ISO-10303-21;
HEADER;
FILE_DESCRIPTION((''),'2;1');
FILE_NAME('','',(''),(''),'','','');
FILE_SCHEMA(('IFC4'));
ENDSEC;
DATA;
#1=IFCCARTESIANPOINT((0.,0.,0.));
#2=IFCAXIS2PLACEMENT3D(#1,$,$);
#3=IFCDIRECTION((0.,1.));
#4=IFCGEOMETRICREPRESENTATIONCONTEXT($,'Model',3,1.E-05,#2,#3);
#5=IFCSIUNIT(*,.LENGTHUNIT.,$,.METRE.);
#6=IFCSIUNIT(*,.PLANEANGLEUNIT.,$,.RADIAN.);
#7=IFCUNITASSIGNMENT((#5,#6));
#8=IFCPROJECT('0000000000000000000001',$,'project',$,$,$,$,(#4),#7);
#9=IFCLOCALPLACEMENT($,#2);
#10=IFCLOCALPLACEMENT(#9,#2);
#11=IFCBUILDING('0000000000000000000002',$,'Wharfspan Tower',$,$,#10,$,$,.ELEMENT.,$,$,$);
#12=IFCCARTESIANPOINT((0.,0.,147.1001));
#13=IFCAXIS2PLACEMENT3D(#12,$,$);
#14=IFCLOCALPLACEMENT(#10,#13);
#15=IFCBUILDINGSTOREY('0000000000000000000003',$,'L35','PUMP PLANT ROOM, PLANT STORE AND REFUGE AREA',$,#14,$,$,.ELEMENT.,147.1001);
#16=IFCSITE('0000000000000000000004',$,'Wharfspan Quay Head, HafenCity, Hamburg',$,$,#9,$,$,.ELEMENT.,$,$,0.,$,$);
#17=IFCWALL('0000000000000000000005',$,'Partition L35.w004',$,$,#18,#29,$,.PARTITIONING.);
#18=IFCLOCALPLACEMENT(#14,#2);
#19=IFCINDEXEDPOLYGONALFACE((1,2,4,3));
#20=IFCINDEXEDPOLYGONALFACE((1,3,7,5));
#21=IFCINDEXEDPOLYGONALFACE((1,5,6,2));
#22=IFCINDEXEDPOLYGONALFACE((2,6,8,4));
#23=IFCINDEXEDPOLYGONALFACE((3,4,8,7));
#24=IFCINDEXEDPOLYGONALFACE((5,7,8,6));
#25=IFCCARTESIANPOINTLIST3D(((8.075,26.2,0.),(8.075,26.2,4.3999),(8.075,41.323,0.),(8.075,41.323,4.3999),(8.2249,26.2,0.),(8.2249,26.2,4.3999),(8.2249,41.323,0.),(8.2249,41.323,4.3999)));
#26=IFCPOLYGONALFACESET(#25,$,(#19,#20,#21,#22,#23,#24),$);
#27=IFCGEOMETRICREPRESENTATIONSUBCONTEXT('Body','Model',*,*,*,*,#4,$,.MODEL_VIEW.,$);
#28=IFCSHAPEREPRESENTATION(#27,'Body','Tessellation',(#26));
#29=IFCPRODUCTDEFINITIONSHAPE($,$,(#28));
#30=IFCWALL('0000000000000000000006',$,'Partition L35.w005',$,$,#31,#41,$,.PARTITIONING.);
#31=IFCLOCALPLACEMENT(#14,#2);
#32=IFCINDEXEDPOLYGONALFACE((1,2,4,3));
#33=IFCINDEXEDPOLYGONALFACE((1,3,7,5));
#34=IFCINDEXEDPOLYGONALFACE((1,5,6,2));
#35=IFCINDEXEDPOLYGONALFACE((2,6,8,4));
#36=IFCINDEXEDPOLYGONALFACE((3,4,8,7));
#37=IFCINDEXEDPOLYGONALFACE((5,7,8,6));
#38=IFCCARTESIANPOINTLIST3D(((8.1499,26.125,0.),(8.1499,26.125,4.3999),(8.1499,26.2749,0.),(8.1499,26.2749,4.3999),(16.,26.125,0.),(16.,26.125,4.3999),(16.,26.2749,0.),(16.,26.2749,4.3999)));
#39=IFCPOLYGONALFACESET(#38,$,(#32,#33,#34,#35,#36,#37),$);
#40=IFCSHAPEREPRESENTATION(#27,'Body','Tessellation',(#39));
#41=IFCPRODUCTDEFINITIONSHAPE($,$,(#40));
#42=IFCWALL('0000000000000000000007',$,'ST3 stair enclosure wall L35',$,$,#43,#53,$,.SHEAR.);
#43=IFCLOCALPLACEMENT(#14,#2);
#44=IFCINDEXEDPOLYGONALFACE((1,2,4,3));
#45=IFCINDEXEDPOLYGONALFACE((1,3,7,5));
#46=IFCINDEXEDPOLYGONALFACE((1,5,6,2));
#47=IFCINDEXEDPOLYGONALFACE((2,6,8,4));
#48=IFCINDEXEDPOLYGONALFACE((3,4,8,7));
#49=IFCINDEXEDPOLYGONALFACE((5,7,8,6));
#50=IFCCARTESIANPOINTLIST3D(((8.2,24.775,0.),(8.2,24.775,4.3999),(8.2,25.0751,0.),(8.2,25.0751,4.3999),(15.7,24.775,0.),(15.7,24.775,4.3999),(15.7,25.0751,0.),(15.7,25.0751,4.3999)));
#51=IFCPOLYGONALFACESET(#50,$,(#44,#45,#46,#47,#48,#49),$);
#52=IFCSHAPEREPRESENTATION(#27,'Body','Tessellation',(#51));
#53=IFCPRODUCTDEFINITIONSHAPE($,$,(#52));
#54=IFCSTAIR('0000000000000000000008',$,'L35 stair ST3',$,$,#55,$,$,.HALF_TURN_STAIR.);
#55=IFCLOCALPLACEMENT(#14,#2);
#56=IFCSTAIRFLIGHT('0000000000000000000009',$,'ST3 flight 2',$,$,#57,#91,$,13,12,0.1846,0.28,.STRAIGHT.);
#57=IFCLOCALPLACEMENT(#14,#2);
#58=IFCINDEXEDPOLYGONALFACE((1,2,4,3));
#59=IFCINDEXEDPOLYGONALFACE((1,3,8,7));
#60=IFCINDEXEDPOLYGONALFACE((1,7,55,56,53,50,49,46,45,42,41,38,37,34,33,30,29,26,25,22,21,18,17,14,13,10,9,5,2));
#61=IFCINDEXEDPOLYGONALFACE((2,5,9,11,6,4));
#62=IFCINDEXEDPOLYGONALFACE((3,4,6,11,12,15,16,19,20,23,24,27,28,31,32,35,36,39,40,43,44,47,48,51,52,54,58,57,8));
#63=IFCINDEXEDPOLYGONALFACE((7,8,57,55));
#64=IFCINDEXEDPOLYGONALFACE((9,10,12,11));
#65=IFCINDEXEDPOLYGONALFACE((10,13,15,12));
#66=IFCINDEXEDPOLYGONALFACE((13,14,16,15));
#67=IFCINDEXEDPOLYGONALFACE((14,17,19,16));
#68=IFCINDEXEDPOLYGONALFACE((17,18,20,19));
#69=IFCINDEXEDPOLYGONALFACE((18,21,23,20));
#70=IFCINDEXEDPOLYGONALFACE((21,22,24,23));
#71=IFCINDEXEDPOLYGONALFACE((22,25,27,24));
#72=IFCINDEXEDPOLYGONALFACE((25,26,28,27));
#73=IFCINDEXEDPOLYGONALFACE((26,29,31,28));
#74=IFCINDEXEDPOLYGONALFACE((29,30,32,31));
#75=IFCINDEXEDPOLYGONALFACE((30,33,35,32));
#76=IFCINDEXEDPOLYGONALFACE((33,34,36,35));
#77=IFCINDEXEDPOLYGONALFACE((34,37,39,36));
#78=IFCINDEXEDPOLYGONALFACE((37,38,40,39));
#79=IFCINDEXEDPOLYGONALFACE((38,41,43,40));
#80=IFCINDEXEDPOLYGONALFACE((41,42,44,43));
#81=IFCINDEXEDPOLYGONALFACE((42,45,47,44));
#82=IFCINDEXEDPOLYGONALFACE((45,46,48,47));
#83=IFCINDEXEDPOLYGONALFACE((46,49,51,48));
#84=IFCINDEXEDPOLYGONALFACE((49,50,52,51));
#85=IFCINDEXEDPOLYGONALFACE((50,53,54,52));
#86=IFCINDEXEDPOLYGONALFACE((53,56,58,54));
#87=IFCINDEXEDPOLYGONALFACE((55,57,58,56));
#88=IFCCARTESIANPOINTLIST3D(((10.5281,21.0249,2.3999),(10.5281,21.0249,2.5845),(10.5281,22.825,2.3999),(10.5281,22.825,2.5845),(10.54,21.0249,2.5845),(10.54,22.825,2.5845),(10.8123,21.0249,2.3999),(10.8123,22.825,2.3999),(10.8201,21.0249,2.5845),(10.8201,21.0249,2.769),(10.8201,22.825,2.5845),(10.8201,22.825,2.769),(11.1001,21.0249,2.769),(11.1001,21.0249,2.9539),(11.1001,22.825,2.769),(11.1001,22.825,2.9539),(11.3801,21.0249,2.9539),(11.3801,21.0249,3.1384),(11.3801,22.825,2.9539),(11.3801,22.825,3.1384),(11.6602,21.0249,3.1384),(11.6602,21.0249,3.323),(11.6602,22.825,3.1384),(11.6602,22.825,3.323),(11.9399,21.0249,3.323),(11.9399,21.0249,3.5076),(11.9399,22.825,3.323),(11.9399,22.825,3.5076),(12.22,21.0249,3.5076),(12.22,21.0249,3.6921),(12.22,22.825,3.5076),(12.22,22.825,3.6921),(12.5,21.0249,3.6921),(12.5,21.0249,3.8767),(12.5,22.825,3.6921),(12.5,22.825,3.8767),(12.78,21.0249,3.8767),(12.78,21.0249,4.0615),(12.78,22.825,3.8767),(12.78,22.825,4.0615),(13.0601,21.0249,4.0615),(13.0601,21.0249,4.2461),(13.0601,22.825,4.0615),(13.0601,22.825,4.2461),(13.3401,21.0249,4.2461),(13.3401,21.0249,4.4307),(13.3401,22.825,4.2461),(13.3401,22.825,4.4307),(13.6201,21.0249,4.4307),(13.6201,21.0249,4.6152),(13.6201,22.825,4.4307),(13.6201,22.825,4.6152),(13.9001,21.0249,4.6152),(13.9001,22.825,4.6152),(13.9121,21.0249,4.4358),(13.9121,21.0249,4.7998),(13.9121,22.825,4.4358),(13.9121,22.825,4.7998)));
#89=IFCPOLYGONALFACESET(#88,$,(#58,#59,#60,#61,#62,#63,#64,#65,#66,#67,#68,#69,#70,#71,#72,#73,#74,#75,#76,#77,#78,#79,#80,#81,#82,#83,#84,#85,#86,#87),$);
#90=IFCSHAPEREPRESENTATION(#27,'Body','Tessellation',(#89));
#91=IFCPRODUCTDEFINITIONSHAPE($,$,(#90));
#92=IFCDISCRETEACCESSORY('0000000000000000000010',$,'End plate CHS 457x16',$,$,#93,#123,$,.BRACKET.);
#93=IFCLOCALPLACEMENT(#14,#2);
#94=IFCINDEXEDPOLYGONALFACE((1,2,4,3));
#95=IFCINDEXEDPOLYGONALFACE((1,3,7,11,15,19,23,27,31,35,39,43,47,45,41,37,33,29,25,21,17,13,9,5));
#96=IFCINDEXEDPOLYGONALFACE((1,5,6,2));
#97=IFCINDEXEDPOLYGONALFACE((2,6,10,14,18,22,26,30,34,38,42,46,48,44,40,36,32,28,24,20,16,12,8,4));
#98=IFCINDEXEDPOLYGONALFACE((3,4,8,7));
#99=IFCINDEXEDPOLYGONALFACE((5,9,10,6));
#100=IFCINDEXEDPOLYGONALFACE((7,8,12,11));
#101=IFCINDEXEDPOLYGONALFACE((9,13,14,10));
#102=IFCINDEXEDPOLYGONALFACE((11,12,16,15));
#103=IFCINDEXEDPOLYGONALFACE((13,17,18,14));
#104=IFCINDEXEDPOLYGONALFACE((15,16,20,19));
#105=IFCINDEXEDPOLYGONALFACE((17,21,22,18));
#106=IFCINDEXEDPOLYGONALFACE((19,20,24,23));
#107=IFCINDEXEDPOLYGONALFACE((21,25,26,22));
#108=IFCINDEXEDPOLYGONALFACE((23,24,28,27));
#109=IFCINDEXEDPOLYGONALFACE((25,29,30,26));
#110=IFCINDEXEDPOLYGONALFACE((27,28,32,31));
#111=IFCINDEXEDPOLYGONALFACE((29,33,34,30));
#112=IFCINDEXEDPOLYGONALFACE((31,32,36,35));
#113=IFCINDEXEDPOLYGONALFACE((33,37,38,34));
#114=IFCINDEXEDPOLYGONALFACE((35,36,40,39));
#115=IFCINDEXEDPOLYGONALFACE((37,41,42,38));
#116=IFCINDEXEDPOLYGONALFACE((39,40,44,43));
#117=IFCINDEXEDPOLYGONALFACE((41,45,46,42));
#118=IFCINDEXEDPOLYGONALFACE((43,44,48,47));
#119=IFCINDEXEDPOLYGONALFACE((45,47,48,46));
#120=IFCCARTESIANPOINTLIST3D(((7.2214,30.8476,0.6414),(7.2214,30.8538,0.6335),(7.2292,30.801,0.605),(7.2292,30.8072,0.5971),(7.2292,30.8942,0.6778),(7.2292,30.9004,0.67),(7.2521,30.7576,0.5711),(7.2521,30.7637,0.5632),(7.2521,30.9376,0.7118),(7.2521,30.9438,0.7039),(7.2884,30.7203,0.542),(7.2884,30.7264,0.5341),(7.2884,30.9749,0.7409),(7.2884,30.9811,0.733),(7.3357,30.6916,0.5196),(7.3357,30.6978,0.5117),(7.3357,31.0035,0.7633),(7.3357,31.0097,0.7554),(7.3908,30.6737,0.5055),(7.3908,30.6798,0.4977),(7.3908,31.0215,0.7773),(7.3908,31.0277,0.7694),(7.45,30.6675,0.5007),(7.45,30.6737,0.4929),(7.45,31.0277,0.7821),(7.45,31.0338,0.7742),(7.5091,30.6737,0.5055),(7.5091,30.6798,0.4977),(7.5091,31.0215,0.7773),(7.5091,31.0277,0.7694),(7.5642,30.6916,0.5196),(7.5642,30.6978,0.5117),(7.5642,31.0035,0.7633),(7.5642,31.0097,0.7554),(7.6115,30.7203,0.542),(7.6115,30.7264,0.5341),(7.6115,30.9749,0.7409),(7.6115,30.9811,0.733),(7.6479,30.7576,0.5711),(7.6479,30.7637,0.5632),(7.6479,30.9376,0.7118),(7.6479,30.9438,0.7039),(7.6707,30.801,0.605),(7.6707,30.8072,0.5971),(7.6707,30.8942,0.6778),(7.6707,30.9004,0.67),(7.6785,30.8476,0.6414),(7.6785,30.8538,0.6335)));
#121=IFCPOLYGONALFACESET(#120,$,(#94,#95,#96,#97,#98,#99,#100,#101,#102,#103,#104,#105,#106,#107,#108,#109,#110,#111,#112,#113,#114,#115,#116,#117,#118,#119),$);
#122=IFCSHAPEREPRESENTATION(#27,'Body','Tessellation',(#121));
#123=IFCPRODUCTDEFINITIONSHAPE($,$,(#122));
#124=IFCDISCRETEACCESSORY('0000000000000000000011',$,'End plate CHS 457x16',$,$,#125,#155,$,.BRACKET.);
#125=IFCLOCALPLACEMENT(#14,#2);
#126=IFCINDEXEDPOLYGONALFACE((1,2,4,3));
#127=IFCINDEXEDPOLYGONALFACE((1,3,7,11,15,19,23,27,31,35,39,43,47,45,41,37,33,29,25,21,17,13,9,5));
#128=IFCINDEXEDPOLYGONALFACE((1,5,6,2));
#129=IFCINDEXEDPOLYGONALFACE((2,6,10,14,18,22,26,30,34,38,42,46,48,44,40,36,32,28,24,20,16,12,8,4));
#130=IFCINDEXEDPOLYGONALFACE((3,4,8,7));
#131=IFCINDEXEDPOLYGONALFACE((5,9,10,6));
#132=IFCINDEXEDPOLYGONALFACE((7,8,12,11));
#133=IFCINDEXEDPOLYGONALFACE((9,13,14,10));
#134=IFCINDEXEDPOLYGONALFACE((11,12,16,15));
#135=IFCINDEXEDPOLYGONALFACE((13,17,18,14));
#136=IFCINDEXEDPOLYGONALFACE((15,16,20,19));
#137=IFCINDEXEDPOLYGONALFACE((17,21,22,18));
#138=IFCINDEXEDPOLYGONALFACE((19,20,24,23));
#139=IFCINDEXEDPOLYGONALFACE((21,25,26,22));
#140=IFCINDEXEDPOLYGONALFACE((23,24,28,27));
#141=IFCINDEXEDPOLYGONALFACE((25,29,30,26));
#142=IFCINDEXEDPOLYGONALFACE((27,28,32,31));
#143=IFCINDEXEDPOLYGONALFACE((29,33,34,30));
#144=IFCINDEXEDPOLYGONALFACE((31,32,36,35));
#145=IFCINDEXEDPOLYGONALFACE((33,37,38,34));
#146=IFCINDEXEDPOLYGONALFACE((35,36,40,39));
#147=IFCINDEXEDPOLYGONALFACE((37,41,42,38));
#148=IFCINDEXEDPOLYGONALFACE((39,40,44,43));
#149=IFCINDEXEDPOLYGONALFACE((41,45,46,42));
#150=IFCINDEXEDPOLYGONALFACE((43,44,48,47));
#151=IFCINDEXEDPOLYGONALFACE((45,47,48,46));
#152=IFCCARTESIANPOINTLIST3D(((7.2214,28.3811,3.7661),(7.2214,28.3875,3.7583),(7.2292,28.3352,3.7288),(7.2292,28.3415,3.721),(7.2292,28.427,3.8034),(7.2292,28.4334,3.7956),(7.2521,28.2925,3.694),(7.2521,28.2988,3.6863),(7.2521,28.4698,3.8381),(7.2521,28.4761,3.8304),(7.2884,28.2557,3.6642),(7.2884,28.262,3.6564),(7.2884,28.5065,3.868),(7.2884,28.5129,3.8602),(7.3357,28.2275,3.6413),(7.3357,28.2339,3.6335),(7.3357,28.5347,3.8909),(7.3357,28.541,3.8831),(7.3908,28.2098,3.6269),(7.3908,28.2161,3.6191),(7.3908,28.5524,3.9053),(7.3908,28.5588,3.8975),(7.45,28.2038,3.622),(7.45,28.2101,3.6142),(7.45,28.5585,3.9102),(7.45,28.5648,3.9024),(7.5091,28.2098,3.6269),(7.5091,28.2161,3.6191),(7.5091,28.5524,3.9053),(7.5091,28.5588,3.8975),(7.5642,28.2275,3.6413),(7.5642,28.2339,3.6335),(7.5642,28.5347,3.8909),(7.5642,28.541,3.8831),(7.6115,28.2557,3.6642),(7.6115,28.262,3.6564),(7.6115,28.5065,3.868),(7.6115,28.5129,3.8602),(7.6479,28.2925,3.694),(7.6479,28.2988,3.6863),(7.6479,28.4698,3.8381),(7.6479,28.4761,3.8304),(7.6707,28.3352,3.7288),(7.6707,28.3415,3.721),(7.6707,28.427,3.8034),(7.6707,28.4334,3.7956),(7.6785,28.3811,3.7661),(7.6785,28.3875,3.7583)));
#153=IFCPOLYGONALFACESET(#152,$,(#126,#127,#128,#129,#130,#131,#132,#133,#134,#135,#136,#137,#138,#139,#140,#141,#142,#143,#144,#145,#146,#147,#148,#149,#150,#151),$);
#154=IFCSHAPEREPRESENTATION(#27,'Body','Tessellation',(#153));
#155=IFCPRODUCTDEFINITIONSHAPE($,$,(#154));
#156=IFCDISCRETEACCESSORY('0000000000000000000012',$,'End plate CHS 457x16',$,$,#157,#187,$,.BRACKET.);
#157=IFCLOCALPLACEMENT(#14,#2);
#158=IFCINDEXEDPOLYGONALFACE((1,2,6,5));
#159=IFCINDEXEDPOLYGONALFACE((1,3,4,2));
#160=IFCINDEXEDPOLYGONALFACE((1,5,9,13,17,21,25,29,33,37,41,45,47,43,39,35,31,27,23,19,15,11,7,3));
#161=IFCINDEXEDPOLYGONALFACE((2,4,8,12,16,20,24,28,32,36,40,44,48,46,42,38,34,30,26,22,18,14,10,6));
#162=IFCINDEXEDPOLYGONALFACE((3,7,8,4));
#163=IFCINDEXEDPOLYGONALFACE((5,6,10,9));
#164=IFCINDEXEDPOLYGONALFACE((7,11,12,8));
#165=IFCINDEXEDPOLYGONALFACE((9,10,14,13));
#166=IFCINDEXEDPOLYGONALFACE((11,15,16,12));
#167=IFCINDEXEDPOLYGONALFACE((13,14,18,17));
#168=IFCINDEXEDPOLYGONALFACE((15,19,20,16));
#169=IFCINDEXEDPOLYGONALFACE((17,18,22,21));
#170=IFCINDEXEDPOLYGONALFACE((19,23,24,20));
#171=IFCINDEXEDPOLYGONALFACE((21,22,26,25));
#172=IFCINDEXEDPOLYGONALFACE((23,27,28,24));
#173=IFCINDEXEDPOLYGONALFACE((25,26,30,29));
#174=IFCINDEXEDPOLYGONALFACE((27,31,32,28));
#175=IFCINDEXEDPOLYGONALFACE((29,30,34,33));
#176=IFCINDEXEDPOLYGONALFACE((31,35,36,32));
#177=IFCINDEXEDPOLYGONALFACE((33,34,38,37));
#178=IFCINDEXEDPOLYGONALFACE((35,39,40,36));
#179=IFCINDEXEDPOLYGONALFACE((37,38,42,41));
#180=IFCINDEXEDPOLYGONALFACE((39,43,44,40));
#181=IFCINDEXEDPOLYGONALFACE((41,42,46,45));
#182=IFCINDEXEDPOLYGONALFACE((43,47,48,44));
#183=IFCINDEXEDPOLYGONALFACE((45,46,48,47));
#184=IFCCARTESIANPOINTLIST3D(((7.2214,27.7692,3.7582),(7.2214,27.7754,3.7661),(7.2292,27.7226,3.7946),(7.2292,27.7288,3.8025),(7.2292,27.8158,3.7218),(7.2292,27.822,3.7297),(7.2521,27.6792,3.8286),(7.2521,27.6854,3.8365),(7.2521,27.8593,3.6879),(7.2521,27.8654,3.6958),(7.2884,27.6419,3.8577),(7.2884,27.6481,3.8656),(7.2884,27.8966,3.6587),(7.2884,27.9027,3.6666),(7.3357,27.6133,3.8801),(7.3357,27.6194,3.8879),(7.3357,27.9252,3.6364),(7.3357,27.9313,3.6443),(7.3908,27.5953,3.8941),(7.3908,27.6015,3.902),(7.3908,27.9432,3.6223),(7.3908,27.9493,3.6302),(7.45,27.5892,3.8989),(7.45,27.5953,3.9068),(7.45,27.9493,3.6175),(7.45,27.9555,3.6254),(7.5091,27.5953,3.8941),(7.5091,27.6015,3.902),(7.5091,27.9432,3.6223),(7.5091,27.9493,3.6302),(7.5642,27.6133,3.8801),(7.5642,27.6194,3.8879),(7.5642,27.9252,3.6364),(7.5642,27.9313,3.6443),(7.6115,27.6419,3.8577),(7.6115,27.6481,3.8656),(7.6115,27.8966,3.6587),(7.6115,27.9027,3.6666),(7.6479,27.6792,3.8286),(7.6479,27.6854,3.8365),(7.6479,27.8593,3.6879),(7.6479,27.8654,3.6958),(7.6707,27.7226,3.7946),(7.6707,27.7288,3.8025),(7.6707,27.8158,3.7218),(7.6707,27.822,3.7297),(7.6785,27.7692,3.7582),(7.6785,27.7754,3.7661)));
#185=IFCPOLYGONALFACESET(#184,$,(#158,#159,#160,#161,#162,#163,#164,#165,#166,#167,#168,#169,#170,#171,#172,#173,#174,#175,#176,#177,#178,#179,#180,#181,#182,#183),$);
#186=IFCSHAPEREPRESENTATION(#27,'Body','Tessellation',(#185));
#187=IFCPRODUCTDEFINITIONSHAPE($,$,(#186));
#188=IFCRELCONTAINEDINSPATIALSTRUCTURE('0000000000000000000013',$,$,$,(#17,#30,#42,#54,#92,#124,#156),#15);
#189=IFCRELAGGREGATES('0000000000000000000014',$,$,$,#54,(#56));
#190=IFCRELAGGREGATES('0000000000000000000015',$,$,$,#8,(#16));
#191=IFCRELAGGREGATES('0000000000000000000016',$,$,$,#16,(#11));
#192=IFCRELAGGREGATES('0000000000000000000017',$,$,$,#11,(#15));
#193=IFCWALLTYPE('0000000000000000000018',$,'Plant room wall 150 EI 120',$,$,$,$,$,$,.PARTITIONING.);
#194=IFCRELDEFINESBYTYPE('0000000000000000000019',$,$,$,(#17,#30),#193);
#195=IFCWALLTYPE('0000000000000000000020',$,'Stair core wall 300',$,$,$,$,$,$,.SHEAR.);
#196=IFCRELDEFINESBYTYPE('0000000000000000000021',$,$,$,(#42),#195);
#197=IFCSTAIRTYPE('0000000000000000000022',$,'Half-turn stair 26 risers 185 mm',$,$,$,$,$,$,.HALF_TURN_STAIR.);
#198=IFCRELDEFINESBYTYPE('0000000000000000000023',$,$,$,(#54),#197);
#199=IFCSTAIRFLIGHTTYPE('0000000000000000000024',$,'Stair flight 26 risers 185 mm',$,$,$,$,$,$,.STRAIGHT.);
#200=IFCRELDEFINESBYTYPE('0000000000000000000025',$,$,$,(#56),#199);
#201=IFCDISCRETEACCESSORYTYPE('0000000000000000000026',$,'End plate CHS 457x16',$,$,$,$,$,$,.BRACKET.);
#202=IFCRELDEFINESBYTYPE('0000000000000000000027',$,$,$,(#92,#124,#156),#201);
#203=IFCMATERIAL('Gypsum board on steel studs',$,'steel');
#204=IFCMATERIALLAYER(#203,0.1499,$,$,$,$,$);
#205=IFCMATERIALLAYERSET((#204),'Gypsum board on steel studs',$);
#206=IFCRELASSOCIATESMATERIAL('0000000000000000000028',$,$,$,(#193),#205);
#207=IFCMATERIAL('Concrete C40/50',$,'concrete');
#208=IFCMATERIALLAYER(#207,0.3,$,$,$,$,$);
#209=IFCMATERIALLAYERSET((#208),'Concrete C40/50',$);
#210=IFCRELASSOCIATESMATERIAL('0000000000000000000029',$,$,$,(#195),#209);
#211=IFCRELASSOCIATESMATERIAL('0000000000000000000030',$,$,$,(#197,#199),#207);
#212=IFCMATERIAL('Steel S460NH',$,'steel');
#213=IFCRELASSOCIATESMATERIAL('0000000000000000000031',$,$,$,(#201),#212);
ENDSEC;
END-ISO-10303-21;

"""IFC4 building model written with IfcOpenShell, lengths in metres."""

from ifc_helpers import new_model, si_unit, direction, frame, frame_2d, origin, origin_2d, place, context, subcontext, project, spatial, polyline, rectangle, circle, outline, extrude, material, layer, layer_set, material_profile, profile_set, type_object, element, aggregate, save


model = new_model("IFC4")

# Units and contexts
model_context = context("Model", 3, precision=1e-05, world=origin(), true_north=direction((0.0, 1.0)))
body_context = subcontext(model_context, "Body", "Model", "MODEL_VIEW")
ifc_project = project(units=[si_unit("LENGTHUNIT", "METRE"), si_unit("PLANEANGLEUNIT", "RADIAN")], contexts=[model_context])

# Site, building, storey
site_placement = place(None, origin())
site = spatial("IfcSite", under=ifc_project, at=site_placement, Name="Wharfspan Quay Head, HafenCity, Hamburg", CompositionType="ELEMENT", RefElevation=0.0)
building_placement = place(site_placement, origin())
building = spatial("IfcBuilding", under=site, at=building_placement, Name="Wharfspan Tower", CompositionType="ELEMENT")
storey_placement = place(building_placement, frame((0.0, 0.0, 147.1001)))
storey = spatial("IfcBuildingStorey", under=building, at=storey_placement, Name="L35", Description="PUMP PLANT ROOM, PLANT STORE AND REFUGE AREA", CompositionType="ELEMENT", Elevation=147.1001)

# Shared definitions
ifc_material_1 = material(Name="Steel S460NH", Category="steel")

# Walls
ifc_material_2 = material(Name="Gypsum board on steel studs", Category="steel")
ifc_layer_1 = layer(ifc_material_2, 0.1499)
ifc_layer_set_1 = layer_set([ifc_layer_1], Name="Gypsum board on steel studs")
wall_type_1 = type_object("IfcWallType", Name="Plant room wall 150 EI 120", PredefinedType="PARTITIONING", material=ifc_layer_set_1)
wall_1_placement = place(storey_placement, frame((8.1499, 26.2, 0.0), z_axis=(0.0, 0.0, 1.0), x_axis=(0.0, 1.0, 0.0)))
element("IfcWall", 1, at=wall_1_placement, inside=storey, type_object=wall_type_1, Name="Partition L35.w004", PredefinedType="PARTITIONING", context=body_context, shape_type="SweptSolid", body=[
    extrude(rectangle(XDim=15.123, YDim=0.1499, at=frame_2d((7.5615, 0.0))), origin(), (0.0, 0.0, 1.0), 4.3999),
])
wall_2_placement = place(storey_placement, frame((8.1499, 26.2, 0.0), z_axis=(0.0, 0.0, 1.0), x_axis=(1.0, 0.0, 0.0)))
element("IfcWall", 2, at=wall_2_placement, inside=storey, type_object=wall_type_1, Name="Partition L35.w005", PredefinedType="PARTITIONING", context=body_context, shape_type="SweptSolid", body=[
    extrude(rectangle(XDim=7.8501, YDim=0.1499, at=frame_2d((3.925, 0.0))), origin(), (0.0, 0.0, 1.0), 4.3999),
])
ifc_material_3 = material(Name="Concrete C40/50", Category="concrete")
ifc_layer_2 = layer(ifc_material_3, 0.3)
ifc_layer_set_2 = layer_set([ifc_layer_2], Name="Concrete C40/50")
wall_type_2 = type_object("IfcWallType", Name="Stair core wall 300", PredefinedType="SHEAR", material=ifc_layer_set_2)
wall_3_placement = place(storey_placement, frame((8.2, 24.925, 0.0), z_axis=(0.0, 0.0, 1.0), x_axis=(1.0, 0.0, 0.0)))
element("IfcWall", 3, at=wall_3_placement, inside=storey, type_object=wall_type_2, Name="ST3 stair enclosure wall L35", PredefinedType="SHEAR", context=body_context, shape_type="SweptSolid", body=[
    extrude(rectangle(XDim=7.5, YDim=0.3, at=frame_2d((3.75, 0.0))), origin(), (0.0, 0.0, 1.0), 4.3999),
])

# Stair, stair flight
stair_type = type_object("IfcStairType", Name="Half-turn stair 26 risers 185 mm", PredefinedType="HALF_TURN_STAIR", material=ifc_material_3)
stair_placement = place(storey_placement, origin())
stair = element("IfcStair", 4, at=stair_placement, inside=storey, type_object=stair_type, Name="L35 stair ST3", PredefinedType="HALF_TURN_STAIR")
stair_flight_type = type_object("IfcStairFlightType", Name="Stair flight 26 risers 185 mm", PredefinedType="STRAIGHT", material=ifc_material_3)
stair_flight_placement = place(storey_placement, frame((10.54, 21.925, 2.3999), z_axis=(0.0, 0.0, 1.0), x_axis=(1.0, 0.0, 0.0)))
stair_flight = element("IfcStairFlight", 5, at=stair_flight_placement, type_object=stair_flight_type, Name="ST3 flight 2", NumberOfRisers=13, NumberOfTreads=12, PredefinedType="STRAIGHT", RiserHeight=0.1846, TreadLength=0.28, context=body_context, shape_type="SweptSolid", body=[
    extrude(outline(polyline([(-0.012, 0.0), (-0.012, 0.1846), (0.0, 0.1846), (0.28, 0.1846), (0.28, 0.3691), (0.5601, 0.3691), (0.5601, 0.554), (0.8401, 0.554), (0.8401, 0.7385), (1.1201, 0.7385), (1.1201, 0.9231), (1.3999, 0.9231), (1.3999, 1.1077), (1.6799, 1.1077), (1.6799, 1.2922), (1.96, 1.2922), (1.96, 1.4768), (2.24, 1.4768), (2.24, 1.6616), (2.52, 1.6616), (2.52, 1.8462), (2.8, 1.8462), (2.8, 2.0308), (3.0801, 2.0308), (3.0801, 2.2153), (3.3601, 2.2153), (3.3721, 2.3999), (3.3721, 2.0359), (0.2722, 0.0), (-0.012, 0.0)])), frame((0.0, 0.8999, 0.0), z_axis=(0.0, -1.0, 0.0), x_axis=(1.0, 0.0, 0.0)), (0.0, 0.0, 1.0), 1.8),
])
aggregate(stair, [stair_flight])

# Discrete accessories
ifc_material_profile_1 = material_profile(ifc_material_1, circle(Radius=0.2285, at=origin_2d()))
ifc_profile_set_1 = profile_set([ifc_material_profile_1], Name="Steel S460NH")
discrete_accessory_type_1 = type_object("IfcDiscreteAccessoryType", Name="End plate CHS 457x16", PredefinedType="BRACKET", material=ifc_profile_set_1)
for number, where, z_axis, x_axis, name in (
    (6, (7.45, 30.8538, 0.6335), (0.0, -0.615644, 0.788024), (1.0, 0.0, 0.0), "End plate CHS 457x16"),
    (7, (7.45, 28.3875, 3.7583), (0.0, -0.630593, 0.776114), (1.0, 0.0, 0.0), "End plate CHS 457x16"),
    (8, (7.45, 27.7754, 3.7661), (0.0, -0.615644, -0.788024), (1.0, 0.0, 0.0), "End plate CHS 457x16"),
):
    element("IfcDiscreteAccessory", number, at=place(storey_placement, frame(where, z_axis=z_axis, x_axis=x_axis)), inside=storey, type_object=discrete_accessory_type_1, Name=name, PredefinedType="BRACKET", context=body_context, shape_type="SweptSolid", body=[
        extrude(circle(Radius=0.2285, at=origin_2d()), origin(), (0.0, 0.0, 1.0), 0.01),
    ])

save(model, "model.ifc")
